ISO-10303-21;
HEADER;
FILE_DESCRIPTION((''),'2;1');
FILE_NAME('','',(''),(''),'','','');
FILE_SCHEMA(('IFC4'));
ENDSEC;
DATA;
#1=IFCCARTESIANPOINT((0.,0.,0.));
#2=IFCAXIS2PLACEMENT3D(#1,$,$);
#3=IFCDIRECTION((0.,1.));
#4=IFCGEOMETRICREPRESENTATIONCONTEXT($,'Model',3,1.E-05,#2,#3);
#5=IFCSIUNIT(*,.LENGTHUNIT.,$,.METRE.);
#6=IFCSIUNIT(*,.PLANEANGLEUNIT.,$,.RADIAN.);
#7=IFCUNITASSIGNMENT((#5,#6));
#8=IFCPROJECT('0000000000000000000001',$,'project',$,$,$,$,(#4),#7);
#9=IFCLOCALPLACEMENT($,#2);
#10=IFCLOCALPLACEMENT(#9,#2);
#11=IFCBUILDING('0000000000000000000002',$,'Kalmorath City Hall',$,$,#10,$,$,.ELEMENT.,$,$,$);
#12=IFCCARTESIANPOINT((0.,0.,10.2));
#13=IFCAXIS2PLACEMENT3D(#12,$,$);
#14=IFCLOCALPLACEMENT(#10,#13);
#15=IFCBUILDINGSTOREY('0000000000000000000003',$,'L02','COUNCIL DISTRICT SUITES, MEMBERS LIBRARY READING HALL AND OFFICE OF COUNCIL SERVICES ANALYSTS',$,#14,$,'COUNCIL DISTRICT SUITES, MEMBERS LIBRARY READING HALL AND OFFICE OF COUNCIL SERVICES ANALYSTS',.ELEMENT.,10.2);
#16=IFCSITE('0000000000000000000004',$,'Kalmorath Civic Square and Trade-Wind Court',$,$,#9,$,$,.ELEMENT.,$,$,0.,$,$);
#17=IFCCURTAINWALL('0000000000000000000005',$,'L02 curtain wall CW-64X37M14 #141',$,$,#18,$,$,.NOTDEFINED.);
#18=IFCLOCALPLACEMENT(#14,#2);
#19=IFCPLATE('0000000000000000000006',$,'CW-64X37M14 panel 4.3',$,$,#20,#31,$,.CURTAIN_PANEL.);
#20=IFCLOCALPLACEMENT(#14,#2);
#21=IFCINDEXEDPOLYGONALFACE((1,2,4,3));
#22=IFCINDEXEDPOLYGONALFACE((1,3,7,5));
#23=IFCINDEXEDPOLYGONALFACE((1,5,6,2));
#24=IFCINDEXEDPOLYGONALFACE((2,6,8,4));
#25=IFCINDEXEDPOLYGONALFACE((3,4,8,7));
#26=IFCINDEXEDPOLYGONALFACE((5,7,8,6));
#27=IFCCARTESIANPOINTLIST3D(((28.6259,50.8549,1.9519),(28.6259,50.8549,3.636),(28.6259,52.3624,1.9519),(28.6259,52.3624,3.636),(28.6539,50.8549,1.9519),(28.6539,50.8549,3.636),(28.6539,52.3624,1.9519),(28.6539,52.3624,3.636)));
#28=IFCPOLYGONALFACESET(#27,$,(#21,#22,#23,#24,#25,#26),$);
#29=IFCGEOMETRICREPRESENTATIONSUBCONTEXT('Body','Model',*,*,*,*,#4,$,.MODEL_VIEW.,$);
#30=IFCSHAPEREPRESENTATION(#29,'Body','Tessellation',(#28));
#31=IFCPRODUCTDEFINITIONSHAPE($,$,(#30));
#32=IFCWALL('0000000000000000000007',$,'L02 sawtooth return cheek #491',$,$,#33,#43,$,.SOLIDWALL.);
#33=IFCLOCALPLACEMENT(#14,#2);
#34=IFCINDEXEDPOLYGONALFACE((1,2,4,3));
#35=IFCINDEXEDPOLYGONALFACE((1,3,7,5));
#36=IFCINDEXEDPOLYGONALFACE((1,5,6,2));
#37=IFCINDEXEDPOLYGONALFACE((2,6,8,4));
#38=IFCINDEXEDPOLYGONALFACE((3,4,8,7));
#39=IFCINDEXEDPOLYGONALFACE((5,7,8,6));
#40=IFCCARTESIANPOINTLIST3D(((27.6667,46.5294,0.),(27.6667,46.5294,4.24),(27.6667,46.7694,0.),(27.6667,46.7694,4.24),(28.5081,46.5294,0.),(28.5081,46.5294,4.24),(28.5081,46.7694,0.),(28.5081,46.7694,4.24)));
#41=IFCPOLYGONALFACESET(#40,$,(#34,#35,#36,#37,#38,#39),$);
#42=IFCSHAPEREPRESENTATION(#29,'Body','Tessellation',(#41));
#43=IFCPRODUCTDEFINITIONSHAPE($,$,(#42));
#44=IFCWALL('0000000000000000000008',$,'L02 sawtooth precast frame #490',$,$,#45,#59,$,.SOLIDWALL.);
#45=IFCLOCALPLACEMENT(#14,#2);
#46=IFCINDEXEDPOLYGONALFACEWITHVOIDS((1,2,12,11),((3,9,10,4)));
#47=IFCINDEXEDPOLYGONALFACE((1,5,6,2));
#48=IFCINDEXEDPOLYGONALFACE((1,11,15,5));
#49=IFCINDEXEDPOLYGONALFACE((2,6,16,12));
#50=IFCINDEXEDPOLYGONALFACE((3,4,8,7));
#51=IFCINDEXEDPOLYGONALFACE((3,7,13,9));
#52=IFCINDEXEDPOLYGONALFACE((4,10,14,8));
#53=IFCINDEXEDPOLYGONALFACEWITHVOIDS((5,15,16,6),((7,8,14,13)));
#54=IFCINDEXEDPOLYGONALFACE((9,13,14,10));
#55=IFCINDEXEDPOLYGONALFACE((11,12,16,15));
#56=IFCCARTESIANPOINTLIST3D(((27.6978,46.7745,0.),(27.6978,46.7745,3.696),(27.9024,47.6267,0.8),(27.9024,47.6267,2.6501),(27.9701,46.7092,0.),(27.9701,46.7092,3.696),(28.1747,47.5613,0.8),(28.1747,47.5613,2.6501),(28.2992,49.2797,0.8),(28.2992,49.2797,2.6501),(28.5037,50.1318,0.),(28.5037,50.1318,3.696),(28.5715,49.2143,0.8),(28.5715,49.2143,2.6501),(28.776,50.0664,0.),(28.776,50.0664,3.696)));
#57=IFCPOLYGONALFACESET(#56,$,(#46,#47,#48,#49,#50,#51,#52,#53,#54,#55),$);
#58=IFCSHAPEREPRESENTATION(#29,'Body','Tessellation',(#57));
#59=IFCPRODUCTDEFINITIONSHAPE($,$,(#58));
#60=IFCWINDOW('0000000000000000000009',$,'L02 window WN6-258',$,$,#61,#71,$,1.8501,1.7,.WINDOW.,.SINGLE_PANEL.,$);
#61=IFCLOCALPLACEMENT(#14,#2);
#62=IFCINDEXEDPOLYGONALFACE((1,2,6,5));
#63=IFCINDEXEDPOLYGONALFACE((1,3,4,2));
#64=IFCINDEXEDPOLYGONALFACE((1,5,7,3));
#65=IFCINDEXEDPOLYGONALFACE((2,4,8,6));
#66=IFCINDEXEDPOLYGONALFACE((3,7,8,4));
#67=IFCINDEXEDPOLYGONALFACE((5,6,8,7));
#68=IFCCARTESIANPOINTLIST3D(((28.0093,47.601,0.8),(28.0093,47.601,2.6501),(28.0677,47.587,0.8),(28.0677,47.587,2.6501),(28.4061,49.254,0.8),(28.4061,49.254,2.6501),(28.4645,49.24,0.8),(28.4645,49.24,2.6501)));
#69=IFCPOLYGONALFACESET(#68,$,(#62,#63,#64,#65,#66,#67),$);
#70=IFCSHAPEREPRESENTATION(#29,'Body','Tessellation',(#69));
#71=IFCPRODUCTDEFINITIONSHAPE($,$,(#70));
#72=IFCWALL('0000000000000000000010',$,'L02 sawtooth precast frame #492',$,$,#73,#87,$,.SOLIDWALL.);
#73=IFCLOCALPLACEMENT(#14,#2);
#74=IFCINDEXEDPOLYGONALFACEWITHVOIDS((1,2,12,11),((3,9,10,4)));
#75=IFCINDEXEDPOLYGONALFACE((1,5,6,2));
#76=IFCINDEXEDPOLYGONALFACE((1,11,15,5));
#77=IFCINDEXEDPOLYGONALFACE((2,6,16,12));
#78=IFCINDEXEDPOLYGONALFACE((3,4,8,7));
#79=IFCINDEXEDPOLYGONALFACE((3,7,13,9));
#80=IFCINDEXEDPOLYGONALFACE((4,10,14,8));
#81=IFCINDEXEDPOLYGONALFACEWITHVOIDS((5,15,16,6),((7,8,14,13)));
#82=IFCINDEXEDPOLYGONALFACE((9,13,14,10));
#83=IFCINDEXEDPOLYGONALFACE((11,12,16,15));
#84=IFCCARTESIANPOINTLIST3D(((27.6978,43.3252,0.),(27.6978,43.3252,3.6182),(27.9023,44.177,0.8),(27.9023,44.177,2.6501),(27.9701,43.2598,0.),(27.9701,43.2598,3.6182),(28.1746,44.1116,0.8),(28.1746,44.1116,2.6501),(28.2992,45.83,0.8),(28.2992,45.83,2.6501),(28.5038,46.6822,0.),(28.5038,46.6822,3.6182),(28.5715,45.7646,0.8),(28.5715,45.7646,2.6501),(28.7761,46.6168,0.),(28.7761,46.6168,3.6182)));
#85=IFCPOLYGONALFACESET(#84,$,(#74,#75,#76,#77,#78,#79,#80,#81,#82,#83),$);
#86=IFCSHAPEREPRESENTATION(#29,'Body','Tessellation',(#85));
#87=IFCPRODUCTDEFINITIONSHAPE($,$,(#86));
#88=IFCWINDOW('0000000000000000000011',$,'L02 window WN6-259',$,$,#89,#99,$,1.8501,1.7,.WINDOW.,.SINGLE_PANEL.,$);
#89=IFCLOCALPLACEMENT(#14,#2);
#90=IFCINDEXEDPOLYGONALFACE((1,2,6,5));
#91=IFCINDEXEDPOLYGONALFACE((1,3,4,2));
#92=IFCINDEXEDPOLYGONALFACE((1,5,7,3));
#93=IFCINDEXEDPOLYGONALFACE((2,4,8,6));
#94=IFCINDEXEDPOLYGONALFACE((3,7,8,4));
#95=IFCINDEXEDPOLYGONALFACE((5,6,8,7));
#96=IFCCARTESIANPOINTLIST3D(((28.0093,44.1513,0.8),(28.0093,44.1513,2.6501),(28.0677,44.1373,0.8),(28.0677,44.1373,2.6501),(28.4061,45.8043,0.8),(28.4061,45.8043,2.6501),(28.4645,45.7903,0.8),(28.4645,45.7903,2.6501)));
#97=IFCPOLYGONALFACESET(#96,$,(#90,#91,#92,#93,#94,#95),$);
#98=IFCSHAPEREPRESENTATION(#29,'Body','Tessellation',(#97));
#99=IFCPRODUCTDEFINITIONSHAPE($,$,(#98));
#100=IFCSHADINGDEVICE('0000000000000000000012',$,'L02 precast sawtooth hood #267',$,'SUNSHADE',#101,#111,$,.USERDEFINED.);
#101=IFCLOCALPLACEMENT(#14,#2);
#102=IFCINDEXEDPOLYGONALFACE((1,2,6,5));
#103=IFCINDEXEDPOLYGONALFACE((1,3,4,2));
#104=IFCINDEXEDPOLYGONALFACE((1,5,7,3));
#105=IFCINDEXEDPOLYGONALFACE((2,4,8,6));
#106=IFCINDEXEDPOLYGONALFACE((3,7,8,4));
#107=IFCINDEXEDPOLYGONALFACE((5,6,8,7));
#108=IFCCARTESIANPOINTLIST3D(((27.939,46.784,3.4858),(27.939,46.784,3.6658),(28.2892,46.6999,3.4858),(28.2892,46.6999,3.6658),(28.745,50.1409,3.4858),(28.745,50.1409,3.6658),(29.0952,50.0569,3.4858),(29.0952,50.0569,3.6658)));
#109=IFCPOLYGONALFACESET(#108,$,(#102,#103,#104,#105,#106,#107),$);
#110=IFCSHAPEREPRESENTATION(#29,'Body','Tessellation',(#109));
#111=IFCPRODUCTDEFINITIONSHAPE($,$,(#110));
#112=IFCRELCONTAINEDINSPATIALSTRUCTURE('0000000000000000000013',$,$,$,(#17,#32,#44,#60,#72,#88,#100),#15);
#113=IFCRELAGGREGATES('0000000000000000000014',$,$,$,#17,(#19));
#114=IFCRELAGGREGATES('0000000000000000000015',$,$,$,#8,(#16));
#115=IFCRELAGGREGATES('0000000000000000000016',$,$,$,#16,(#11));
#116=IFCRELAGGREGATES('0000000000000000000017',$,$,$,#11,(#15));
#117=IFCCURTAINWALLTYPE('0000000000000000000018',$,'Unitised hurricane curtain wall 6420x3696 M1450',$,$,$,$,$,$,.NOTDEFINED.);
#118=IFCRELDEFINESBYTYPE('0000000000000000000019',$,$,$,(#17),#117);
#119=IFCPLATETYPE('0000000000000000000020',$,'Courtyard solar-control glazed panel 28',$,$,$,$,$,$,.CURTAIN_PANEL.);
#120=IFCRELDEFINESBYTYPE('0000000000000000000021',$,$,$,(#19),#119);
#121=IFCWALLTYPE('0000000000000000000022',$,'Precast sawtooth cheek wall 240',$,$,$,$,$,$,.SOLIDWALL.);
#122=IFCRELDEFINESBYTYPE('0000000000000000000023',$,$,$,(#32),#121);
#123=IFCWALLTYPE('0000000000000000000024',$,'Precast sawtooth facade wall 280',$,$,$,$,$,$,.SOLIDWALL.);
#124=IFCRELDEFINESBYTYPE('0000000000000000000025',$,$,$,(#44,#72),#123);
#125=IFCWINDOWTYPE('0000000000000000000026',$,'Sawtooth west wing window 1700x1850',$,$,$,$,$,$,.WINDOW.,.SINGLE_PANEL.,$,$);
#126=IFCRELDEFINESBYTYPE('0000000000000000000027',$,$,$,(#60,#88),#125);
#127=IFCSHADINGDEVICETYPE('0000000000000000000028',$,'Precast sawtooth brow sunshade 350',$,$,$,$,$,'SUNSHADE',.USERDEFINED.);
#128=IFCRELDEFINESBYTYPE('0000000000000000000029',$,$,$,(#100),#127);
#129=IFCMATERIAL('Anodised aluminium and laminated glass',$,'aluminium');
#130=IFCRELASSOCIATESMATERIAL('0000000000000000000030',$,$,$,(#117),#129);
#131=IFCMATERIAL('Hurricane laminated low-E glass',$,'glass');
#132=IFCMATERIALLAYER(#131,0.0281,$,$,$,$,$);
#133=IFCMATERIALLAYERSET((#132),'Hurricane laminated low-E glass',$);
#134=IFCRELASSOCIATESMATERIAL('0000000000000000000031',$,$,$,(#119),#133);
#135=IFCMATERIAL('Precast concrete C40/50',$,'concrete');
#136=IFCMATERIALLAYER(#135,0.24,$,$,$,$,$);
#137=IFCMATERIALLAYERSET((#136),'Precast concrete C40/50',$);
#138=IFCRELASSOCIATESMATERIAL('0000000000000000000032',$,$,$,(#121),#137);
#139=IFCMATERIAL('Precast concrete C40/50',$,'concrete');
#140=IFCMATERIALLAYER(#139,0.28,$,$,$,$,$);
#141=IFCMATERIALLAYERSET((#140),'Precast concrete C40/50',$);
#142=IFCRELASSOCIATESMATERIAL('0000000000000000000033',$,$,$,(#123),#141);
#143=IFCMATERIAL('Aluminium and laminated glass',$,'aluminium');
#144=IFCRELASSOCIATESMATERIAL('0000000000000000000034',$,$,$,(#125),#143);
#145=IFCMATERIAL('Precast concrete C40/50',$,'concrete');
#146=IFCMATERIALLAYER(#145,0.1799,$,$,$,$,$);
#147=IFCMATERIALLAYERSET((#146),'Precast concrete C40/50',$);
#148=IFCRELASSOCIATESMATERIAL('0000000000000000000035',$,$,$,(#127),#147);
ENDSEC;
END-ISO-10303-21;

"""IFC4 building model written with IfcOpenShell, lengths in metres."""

from ifc_helpers import new_model, si_unit, direction, frame, frame_2d, origin, origin_2d, place, context, subcontext, project, spatial, rectangle, extrude, material, layer, layer_set, type_object, element, fill, aggregate, save


model = new_model("IFC4")

# Units and contexts
model_context = context("Model", 3, precision=1e-05, world=origin(), true_north=direction((0.0, 1.0)))
body_context = subcontext(model_context, "Body", "Model", "MODEL_VIEW")
ifc_project = project(units=[si_unit("LENGTHUNIT", "METRE"), si_unit("PLANEANGLEUNIT", "RADIAN")], contexts=[model_context])

# Site, building, storey
site_placement = place(None, origin())
site = spatial("IfcSite", under=ifc_project, at=site_placement, Name="Kalmorath Civic Square and Trade-Wind Court", CompositionType="ELEMENT", RefElevation=0.0)
building_placement = place(site_placement, origin())
building = spatial("IfcBuilding", under=site, at=building_placement, Name="Kalmorath City Hall", CompositionType="ELEMENT")
storey_placement = place(building_placement, frame((0.0, 0.0, 10.2)))
storey = spatial("IfcBuildingStorey", under=building, at=storey_placement, Name="L02", Description="COUNCIL DISTRICT SUITES, MEMBERS LIBRARY READING HALL AND OFFICE OF COUNCIL SERVICES ANALYSTS", LongName="COUNCIL DISTRICT SUITES, MEMBERS LIBRARY READING HALL AND OFFICE OF COUNCIL SERVICES ANALYSTS", CompositionType="ELEMENT", Elevation=10.2)

# Curtain wall
ifc_material_1 = material(Name="Anodised aluminium and laminated glass", Category="aluminium")
curtain_wall_type = type_object("IfcCurtainWallType", Name="Unitised hurricane curtain wall 6420x3696 M1450", PredefinedType="NOTDEFINED", material=ifc_material_1)
curtain_wall_placement = place(storey_placement, origin())
curtain_wall = element("IfcCurtainWall", 1, at=curtain_wall_placement, inside=storey, type_object=curtain_wall_type, Name="L02 curtain wall CW-64X37M14 #141", PredefinedType="NOTDEFINED")

# Plate
ifc_material_2 = material(Name="Hurricane laminated low-E glass", Category="glass")
ifc_layer_1 = layer(ifc_material_2, 0.0281)
ifc_layer_set_1 = layer_set([ifc_layer_1], Name="Hurricane laminated low-E glass")
plate_type = type_object("IfcPlateType", Name="Courtyard solar-control glazed panel 28", PredefinedType="CURTAIN_PANEL", material=ifc_layer_set_1)
plate_1_placement = place(storey_placement, frame((28.6399, 51.6086, 1.9519), z_axis=(0.0, 0.0, 1.0), x_axis=(0.0, -1.0, 0.0)))
plate_1 = element("IfcPlate", 2, at=plate_1_placement, type_object=plate_type, Name="CW-64X37M14 panel 4.3", PredefinedType="CURTAIN_PANEL", context=body_context, shape_type="SweptSolid", body=[
    extrude(rectangle(XDim=1.5076, YDim=0.0281, at=origin_2d()), origin(), (0.0, 0.0, 1.0), 1.6841),
])
aggregate(curtain_wall, [plate_1])

# Wall
ifc_material_3 = material(Name="Precast concrete C40/50", Category="concrete")
ifc_layer_2 = layer(ifc_material_3, 0.24)
ifc_layer_set_2 = layer_set([ifc_layer_2], Name="Precast concrete C40/50")
wall_type_1 = type_object("IfcWallType", Name="Precast sawtooth cheek wall 240", PredefinedType="SOLIDWALL", material=ifc_layer_set_2)
wall_1_placement = place(storey_placement, frame((27.6667, 46.6494, 0.0), z_axis=(0.0, 0.0, 1.0), x_axis=(1.0, 0.0, 0.0)))
element("IfcWall", 3, at=wall_1_placement, inside=storey, type_object=wall_type_1, Name="L02 sawtooth return cheek #491", PredefinedType="SOLIDWALL", context=body_context, shape_type="SweptSolid", body=[
    extrude(rectangle(XDim=0.8413, YDim=0.24, at=frame_2d((0.4207, 0.0))), origin(), (0.0, 0.0, 1.0), 4.24),
])

# Walls, openings, windows
ifc_material_4 = material(Name="Precast concrete C40/50", Category="concrete")
ifc_layer_3 = layer(ifc_material_4, 0.28)
ifc_layer_set_3 = layer_set([ifc_layer_3], Name="Precast concrete C40/50")
wall_type_2 = type_object("IfcWallType", Name="Precast sawtooth facade wall 280", PredefinedType="SOLIDWALL", material=ifc_layer_set_3)
wall_2_placement = place(storey_placement, frame((28.6399, 50.0991, 0.0), z_axis=(0.0, 0.0, 1.0), x_axis=(-0.233424, -0.972375, 0.0)))
wall_2 = element("IfcWall", 4, at=wall_2_placement, inside=storey, type_object=wall_type_2, Name="L02 sawtooth precast frame #490", PredefinedType="SOLIDWALL", context=body_context, shape_type="SweptSolid", body=[
    extrude(rectangle(XDim=3.4526, YDim=0.28, at=frame_2d((1.7263, 0.0))), origin(), (0.0, 0.0, 1.0), 3.696),
])
opening_1_placement = place(wall_2_placement, frame((0.8762, 0.0, 0.8)))
opening_1 = element("IfcOpeningElement", 5, at=opening_1_placement, cuts=wall_2, PredefinedType="OPENING", context=body_context, shape_type="SweptSolid", body=[
    extrude(rectangle(XDim=1.7, YDim=1.8501, at=frame_2d((0.8501, 0.925))), frame((0.0, 0.1499, 0.0), z_axis=(0.0, -1.0, 0.0), x_axis=(1.0, 0.0, 0.0)), (0.0, 0.0, 1.0), 0.3),
])
ifc_material_5 = material(Name="Aluminium and laminated glass", Category="aluminium")
window_type = type_object("IfcWindowType", Name="Sawtooth west wing window 1700x1850", PartitioningType="SINGLE_PANEL", PredefinedType="WINDOW", material=ifc_material_5)
window_1_placement = place(opening_1_placement, origin())
window_1 = element("IfcWindow", 6, at=window_1_placement, inside=storey, type_object=window_type, Name="L02 window WN6-258", OverallHeight=1.8501, OverallWidth=1.7, PartitioningType="SINGLE_PANEL", PredefinedType="WINDOW", context=body_context, shape_type="SweptSolid", body=[
    extrude(rectangle(XDim=1.7, YDim=1.8501, at=frame_2d((0.8501, 0.925))), frame((0.0, 0.03, 0.0), z_axis=(0.0, -1.0, 0.0), x_axis=(1.0, 0.0, 0.0)), (0.0, 0.0, 1.0), 0.0601),
])
fill(opening_1, window_1)
wall_3_placement = place(storey_placement, frame((28.6399, 46.6494, 0.0), z_axis=(0.0, 0.0, 1.0), x_axis=(-0.23344, -0.972371, 0.0)))
wall_3 = element("IfcWall", 7, at=wall_3_placement, inside=storey, type_object=wall_type_2, Name="L02 sawtooth precast frame #492", PredefinedType="SOLIDWALL", context=body_context, shape_type="SweptSolid", body=[
    extrude(rectangle(XDim=3.4524, YDim=0.28, at=frame_2d((1.7261, 0.0))), origin(), (0.0, 0.0, 1.0), 3.6182),
])
opening_2_placement = place(wall_3_placement, frame((0.8762, 0.0, 0.8)))
opening_2 = element("IfcOpeningElement", 8, at=opening_2_placement, cuts=wall_3, PredefinedType="OPENING", context=body_context, shape_type="SweptSolid", body=[
    extrude(rectangle(XDim=1.7, YDim=1.8501, at=frame_2d((0.8501, 0.925))), frame((0.0, 0.1499, 0.0), z_axis=(0.0, -1.0, 0.0), x_axis=(1.0, 0.0, 0.0)), (0.0, 0.0, 1.0), 0.3),
])
window_2_placement = place(opening_2_placement, origin())
window_2 = element("IfcWindow", 9, at=window_2_placement, inside=storey, type_object=window_type, Name="L02 window WN6-259", OverallHeight=1.8501, OverallWidth=1.7, PartitioningType="SINGLE_PANEL", PredefinedType="WINDOW", context=body_context, shape_type="SweptSolid", body=[
    extrude(rectangle(XDim=1.7, YDim=1.8501, at=frame_2d((0.8501, 0.925))), frame((0.0, 0.03, 0.0), z_axis=(0.0, -1.0, 0.0), x_axis=(1.0, 0.0, 0.0)), (0.0, 0.0, 1.0), 0.0601),
])
fill(opening_2, window_2)

# Shading device
ifc_material_6 = material(Name="Precast concrete C40/50", Category="concrete")
ifc_layer_4 = layer(ifc_material_6, 0.1799)
ifc_layer_set_4 = layer_set([ifc_layer_4], Name="Precast concrete C40/50")
shading_device_type = type_object("IfcShadingDeviceType", Name="Precast sawtooth brow sunshade 350", ElementType="SUNSHADE", PredefinedType="USERDEFINED", material=ifc_layer_set_4)
shading_device_placement = place(storey_placement, frame((28.5171, 48.4204, 3.4858), z_axis=(0.0, 0.0, 1.0), x_axis=(-0.233462, -0.972366, 0.0)))
element("IfcShadingDevice", 10, at=shading_device_placement, inside=storey, type_object=shading_device_type, Name="L02 precast sawtooth hood #267", ObjectType="SUNSHADE", PredefinedType="USERDEFINED", context=body_context, shape_type="SweptSolid", body=[
    extrude(rectangle(XDim=3.4524, YDim=0.3601, at=origin_2d()), origin(), (0.0, 0.0, 1.0), 0.1799),
])

save(model, "model.ifc")
